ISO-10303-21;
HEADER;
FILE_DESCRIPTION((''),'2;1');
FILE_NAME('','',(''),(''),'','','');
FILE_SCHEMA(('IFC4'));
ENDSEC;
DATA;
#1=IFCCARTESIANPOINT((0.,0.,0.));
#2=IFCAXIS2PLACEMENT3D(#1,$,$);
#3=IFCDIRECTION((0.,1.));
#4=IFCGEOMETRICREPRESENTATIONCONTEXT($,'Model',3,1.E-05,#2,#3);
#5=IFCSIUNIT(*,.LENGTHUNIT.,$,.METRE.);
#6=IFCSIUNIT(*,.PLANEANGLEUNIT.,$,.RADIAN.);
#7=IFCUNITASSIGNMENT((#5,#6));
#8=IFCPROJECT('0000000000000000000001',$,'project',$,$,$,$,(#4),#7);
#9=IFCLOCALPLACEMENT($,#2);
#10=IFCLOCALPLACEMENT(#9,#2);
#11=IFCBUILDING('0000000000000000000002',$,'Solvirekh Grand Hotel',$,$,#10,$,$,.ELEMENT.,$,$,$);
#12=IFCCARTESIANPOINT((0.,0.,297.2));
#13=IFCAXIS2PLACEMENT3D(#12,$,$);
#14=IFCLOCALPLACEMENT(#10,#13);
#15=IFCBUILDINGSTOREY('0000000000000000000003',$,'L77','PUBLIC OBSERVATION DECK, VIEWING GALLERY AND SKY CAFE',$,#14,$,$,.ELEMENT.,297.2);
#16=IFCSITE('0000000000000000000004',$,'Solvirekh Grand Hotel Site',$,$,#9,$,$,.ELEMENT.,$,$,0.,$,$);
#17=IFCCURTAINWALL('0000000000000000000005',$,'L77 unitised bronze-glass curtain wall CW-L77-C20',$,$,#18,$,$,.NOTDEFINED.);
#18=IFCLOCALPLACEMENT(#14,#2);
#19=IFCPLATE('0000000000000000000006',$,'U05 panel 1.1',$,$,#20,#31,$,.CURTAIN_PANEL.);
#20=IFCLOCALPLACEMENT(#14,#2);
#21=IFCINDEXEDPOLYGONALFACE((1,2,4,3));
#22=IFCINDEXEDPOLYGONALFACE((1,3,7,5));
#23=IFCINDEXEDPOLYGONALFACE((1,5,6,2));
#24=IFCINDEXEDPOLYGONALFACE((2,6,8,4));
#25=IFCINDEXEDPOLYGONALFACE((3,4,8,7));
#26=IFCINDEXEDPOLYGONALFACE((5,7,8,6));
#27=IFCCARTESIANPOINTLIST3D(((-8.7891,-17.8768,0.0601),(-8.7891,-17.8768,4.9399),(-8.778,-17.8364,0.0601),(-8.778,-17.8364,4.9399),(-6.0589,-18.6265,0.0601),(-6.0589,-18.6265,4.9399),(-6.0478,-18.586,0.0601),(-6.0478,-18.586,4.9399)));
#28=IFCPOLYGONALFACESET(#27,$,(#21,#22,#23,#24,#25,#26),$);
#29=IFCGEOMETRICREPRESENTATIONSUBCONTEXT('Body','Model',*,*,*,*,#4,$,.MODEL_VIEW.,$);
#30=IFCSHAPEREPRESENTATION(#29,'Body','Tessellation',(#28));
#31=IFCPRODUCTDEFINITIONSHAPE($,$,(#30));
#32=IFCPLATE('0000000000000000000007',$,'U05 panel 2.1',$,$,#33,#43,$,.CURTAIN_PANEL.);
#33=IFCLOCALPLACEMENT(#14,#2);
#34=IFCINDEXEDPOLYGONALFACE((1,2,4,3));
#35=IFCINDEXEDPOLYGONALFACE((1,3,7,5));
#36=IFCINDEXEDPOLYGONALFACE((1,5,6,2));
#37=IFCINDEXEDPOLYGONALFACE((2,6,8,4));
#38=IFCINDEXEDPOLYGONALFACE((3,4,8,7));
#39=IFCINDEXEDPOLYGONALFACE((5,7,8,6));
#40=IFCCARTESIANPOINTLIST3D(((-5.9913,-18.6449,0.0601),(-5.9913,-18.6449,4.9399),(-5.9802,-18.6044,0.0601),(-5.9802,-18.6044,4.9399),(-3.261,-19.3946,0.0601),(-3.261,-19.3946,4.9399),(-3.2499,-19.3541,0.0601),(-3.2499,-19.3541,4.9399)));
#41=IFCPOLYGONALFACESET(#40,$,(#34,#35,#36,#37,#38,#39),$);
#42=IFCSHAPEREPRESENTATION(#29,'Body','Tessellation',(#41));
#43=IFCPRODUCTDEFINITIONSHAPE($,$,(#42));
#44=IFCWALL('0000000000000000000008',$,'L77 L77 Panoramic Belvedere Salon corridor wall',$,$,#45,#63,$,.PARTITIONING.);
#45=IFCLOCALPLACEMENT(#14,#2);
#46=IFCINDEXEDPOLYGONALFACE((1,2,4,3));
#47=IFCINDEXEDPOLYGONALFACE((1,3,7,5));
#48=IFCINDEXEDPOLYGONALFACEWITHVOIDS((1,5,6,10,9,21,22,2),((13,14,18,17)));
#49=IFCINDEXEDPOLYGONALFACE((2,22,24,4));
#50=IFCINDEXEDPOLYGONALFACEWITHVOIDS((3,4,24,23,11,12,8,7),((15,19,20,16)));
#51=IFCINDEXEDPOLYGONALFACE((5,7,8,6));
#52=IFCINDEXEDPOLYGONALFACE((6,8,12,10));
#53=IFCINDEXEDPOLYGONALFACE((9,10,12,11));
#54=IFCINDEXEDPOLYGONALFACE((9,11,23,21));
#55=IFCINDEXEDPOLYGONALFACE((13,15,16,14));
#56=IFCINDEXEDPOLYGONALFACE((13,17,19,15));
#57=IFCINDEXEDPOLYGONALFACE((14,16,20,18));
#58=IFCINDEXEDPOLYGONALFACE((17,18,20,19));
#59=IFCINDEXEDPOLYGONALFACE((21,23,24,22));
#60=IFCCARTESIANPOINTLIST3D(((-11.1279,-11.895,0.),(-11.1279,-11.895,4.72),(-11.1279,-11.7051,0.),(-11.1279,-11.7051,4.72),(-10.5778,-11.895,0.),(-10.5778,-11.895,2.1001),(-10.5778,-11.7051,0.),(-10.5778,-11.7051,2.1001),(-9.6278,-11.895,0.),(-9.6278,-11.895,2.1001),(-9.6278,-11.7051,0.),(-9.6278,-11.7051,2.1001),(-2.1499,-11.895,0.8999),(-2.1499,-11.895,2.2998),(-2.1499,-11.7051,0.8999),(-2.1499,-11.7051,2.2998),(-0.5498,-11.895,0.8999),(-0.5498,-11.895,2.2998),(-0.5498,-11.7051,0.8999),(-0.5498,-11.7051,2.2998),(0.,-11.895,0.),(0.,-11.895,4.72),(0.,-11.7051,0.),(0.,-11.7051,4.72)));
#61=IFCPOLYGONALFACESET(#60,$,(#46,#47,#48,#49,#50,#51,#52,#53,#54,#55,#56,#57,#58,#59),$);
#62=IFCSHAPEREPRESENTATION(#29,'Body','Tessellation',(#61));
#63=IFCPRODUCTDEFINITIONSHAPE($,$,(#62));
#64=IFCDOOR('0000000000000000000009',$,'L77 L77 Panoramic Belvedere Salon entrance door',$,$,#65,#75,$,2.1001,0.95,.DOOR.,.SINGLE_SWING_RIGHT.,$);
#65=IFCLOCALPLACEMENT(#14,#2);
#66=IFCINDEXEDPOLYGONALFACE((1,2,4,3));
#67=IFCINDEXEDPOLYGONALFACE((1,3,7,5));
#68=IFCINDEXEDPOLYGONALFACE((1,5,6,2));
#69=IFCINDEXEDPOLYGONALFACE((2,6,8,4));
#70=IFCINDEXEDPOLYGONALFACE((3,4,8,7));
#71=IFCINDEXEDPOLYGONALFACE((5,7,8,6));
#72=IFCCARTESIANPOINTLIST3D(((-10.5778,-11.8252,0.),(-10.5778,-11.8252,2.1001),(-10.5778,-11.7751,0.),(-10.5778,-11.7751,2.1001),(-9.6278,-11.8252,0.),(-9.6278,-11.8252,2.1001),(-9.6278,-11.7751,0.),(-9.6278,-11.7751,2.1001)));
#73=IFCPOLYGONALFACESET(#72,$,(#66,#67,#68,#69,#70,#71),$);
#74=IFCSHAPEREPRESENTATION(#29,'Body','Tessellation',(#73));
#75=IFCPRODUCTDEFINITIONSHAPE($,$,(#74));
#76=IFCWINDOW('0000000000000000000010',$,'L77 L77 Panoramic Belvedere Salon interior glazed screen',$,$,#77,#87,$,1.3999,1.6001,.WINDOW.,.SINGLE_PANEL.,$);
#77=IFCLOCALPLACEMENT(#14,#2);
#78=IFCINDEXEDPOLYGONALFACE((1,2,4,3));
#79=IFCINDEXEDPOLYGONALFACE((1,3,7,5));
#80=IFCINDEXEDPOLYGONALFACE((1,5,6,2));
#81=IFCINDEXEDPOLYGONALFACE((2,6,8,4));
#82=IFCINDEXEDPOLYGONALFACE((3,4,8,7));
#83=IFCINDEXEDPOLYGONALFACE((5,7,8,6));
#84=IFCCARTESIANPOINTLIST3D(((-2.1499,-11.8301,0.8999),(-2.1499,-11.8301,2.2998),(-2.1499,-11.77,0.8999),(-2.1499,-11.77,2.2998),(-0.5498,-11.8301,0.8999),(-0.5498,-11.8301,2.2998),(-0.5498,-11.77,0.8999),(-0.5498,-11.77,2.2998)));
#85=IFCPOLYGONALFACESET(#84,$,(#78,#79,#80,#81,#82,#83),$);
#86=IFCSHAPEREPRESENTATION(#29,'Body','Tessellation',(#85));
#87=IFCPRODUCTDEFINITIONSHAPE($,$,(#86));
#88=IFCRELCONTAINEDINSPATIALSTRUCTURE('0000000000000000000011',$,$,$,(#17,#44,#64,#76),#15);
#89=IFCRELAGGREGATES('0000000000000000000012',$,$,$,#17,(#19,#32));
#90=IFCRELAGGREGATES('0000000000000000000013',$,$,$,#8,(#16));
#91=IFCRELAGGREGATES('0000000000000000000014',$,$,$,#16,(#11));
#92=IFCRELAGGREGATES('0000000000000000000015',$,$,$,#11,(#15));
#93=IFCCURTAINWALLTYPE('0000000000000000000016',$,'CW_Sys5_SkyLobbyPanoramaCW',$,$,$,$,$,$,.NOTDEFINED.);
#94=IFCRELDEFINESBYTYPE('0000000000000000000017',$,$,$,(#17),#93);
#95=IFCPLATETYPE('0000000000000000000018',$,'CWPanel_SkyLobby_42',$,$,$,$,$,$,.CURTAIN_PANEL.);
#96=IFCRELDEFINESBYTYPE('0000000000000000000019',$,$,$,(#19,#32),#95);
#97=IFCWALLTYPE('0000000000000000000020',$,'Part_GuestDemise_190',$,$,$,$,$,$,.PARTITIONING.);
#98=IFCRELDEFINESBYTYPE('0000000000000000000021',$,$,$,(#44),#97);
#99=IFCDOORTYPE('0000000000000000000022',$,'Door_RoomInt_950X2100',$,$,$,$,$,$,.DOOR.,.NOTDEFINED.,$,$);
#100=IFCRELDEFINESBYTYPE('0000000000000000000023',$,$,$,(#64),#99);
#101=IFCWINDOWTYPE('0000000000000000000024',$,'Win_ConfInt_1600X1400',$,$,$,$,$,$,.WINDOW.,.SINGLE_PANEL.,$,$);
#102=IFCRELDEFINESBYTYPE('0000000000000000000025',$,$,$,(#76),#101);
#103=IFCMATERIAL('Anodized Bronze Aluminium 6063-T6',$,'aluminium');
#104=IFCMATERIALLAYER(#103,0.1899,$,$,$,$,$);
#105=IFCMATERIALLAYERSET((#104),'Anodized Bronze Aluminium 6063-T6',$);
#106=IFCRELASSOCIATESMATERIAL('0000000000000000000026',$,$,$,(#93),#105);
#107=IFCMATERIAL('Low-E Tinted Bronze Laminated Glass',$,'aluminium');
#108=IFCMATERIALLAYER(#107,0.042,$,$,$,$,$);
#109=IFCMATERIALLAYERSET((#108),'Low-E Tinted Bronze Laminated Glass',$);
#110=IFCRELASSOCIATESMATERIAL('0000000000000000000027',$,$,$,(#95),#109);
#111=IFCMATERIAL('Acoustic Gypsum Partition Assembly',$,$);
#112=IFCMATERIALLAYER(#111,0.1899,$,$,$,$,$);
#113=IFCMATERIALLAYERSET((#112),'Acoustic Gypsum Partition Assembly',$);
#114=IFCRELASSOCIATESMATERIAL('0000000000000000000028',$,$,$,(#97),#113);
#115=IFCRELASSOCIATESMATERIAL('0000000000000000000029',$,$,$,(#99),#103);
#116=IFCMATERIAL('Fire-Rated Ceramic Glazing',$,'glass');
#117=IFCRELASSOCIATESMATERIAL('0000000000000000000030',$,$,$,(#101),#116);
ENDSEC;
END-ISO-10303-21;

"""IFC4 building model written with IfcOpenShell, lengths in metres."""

from ifc_helpers import new_model, si_unit, direction, frame, frame_2d, origin, origin_2d, place, context, subcontext, project, spatial, rectangle, extrude, source, transform, mapped, material, layer, layer_set, type_object, element, fill, aggregate, save


model = new_model("IFC4")

# Units and contexts
model_context = context("Model", 3, precision=1e-05, world=origin(), true_north=direction((0.0, 1.0)))
body_context = subcontext(model_context, "Body", "Model", "MODEL_VIEW")
ifc_project = project(units=[si_unit("LENGTHUNIT", "METRE"), si_unit("PLANEANGLEUNIT", "RADIAN")], contexts=[model_context])

# Site, building, storey
site_placement = place(None, origin())
site = spatial("IfcSite", under=ifc_project, at=site_placement, Name="Solvirekh Grand Hotel Site", CompositionType="ELEMENT", RefElevation=0.0)
building_placement = place(site_placement, origin())
building = spatial("IfcBuilding", under=site, at=building_placement, Name="Solvirekh Grand Hotel", CompositionType="ELEMENT")
storey_placement = place(building_placement, frame((0.0, 0.0, 297.2)))
storey = spatial("IfcBuildingStorey", under=building, at=storey_placement, Name="L77", Description="PUBLIC OBSERVATION DECK, VIEWING GALLERY AND SKY CAFE", CompositionType="ELEMENT", Elevation=297.2)

# Shared definitions
ifc_material_1 = material(Name="Anodized Bronze Aluminium 6063-T6", Category="aluminium")
ifc_layer_1 = layer(ifc_material_1, 0.1899)
ifc_layer_set_1 = layer_set([ifc_layer_1], Name="Anodized Bronze Aluminium 6063-T6")
curtain_wall_type = type_object("IfcCurtainWallType", Name="CW_Sys5_SkyLobbyPanoramaCW", PredefinedType="NOTDEFINED", material=ifc_layer_set_1)

# Curtain wall
curtain_wall_1_placement = place(storey_placement, origin())
curtain_wall_1 = element("IfcCurtainWall", 1, at=curtain_wall_1_placement, inside=storey, type_object=curtain_wall_type, Name="L77 unitised bronze-glass curtain wall CW-L77-C20", PredefinedType="NOTDEFINED")

# Plates
ifc_material_2 = material(Name="Low-E Tinted Bronze Laminated Glass", Category="aluminium")
ifc_layer_2 = layer(ifc_material_2, 0.042)
ifc_layer_set_2 = layer_set([ifc_layer_2], Name="Low-E Tinted Bronze Laminated Glass")
plate_type = type_object("IfcPlateType", Name="CWPanel_SkyLobby_42", PredefinedType="CURTAIN_PANEL", material=ifc_layer_set_2)
shared_shape_1 = source(origin(), body_context, "Body", "SweptSolid", [
    extrude(rectangle(XDim=2.8313, YDim=0.042, at=origin_2d()), origin(), (0.0, 0.0, 1.0), 4.8799),
])
plate_1_placement = place(storey_placement, frame((-7.4185, -18.2314, 0.0601), z_axis=(0.0, 0.0, 1.0), x_axis=(0.964307, -0.264788, 0.0)))
plate_1 = element("IfcPlate", 2, at=plate_1_placement, type_object=plate_type, Name="U05 panel 1.1", PredefinedType="CURTAIN_PANEL", context=body_context, shape_type="MappedRepresentation", body=[
    mapped(shared_shape_1, transform((0.0, 0.0, 0.0), x_axis=(1.0, 0.0, 0.0), y_axis=(0.0, 1.0, 0.0), z_axis=(0.0, 0.0, 1.0), scale=1.0)),
])
plate_2_placement = place(storey_placement, frame((-4.6206, -18.9995, 0.0601), z_axis=(0.0, 0.0, 1.0), x_axis=(0.964307, -0.264788, 0.0)))
plate_2 = element("IfcPlate", 3, at=plate_2_placement, type_object=plate_type, Name="U05 panel 2.1", PredefinedType="CURTAIN_PANEL", context=body_context, shape_type="MappedRepresentation", body=[
    mapped(shared_shape_1, transform((0.0, 0.0, 0.0), x_axis=(1.0, 0.0, 0.0), y_axis=(0.0, 1.0, 0.0), z_axis=(0.0, 0.0, 1.0), scale=1.0)),
])
aggregate(curtain_wall_1, [plate_1, plate_2])

# Wall, openings, door, window
ifc_material_3 = material(Name="Acoustic Gypsum Partition Assembly")
ifc_layer_3 = layer(ifc_material_3, 0.1899)
ifc_layer_set_3 = layer_set([ifc_layer_3], Name="Acoustic Gypsum Partition Assembly")
wall_type = type_object("IfcWallType", Name="Part_GuestDemise_190", PredefinedType="PARTITIONING", material=ifc_layer_set_3)
wall_placement = place(storey_placement, frame((-11.1279, -11.8, 0.0), z_axis=(0.0, 0.0, 1.0), x_axis=(1.0, 0.0, 0.0)))
wall = element("IfcWall", 4, at=wall_placement, inside=storey, type_object=wall_type, Name="L77 L77 Panoramic Belvedere Salon corridor wall", PredefinedType="PARTITIONING", context=body_context, shape_type="SweptSolid", body=[
    extrude(rectangle(XDim=11.1279, YDim=0.1899, at=frame_2d((5.564, 0.0))), origin(), (0.0, 0.0, 1.0), 4.72),
])
opening_1_placement = place(wall_placement, frame((0.55, 0.0, 0.0)))
opening_1 = element("IfcOpeningElement", 5, at=opening_1_placement, cuts=wall, PredefinedType="OPENING", context=body_context, shape_type="SweptSolid", body=[
    extrude(rectangle(XDim=0.95, YDim=2.1001, at=frame_2d((0.4751, 1.05))), frame((0.0, 0.105, 0.0), z_axis=(0.0, -1.0, 0.0), x_axis=(1.0, 0.0, 0.0)), (0.0, 0.0, 1.0), 0.21),
])
opening_2_placement = place(wall_placement, frame((8.978, 0.0, 0.8999)))
opening_2 = element("IfcOpeningElement", 6, at=opening_2_placement, cuts=wall, PredefinedType="OPENING", context=body_context, shape_type="SweptSolid", body=[
    extrude(rectangle(XDim=1.6001, YDim=1.3999, at=frame_2d((0.8, 0.7))), frame((0.0, 0.105, 0.0), z_axis=(0.0, -1.0, 0.0), x_axis=(1.0, 0.0, 0.0)), (0.0, 0.0, 1.0), 0.21),
])
door_type = type_object("IfcDoorType", Name="Door_RoomInt_950X2100", OperationType="NOTDEFINED", PredefinedType="DOOR", material=ifc_material_1)
door_placement = place(opening_1_placement, origin())
door = element("IfcDoor", 7, at=door_placement, inside=storey, type_object=door_type, Name="L77 L77 Panoramic Belvedere Salon entrance door", OperationType="SINGLE_SWING_RIGHT", OverallHeight=2.1001, OverallWidth=0.95, PredefinedType="DOOR", context=body_context, shape_type="SweptSolid", body=[
    extrude(rectangle(XDim=0.95, YDim=2.1001, at=frame_2d((0.4751, 1.05))), frame((0.0, 0.0249, 0.0), z_axis=(0.0, -1.0, 0.0), x_axis=(1.0, 0.0, 0.0)), (0.0, 0.0, 1.0), 0.05),
])
fill(opening_1, door)
ifc_material_4 = material(Name="Fire-Rated Ceramic Glazing", Category="glass")
window_type = type_object("IfcWindowType", Name="Win_ConfInt_1600X1400", PartitioningType="SINGLE_PANEL", PredefinedType="WINDOW", material=ifc_material_4)
window_placement = place(opening_2_placement, origin())
window = element("IfcWindow", 8, at=window_placement, inside=storey, type_object=window_type, Name="L77 L77 Panoramic Belvedere Salon interior glazed screen", OverallHeight=1.3999, OverallWidth=1.6001, PartitioningType="SINGLE_PANEL", PredefinedType="WINDOW", context=body_context, shape_type="SweptSolid", body=[
    extrude(rectangle(XDim=1.6001, YDim=1.3999, at=frame_2d((0.8, 0.7))), frame((0.0, 0.03, 0.0), z_axis=(0.0, -1.0, 0.0), x_axis=(1.0, 0.0, 0.0)), (0.0, 0.0, 1.0), 0.0601),
])
fill(opening_2, window)

save(model, "model.ifc")
